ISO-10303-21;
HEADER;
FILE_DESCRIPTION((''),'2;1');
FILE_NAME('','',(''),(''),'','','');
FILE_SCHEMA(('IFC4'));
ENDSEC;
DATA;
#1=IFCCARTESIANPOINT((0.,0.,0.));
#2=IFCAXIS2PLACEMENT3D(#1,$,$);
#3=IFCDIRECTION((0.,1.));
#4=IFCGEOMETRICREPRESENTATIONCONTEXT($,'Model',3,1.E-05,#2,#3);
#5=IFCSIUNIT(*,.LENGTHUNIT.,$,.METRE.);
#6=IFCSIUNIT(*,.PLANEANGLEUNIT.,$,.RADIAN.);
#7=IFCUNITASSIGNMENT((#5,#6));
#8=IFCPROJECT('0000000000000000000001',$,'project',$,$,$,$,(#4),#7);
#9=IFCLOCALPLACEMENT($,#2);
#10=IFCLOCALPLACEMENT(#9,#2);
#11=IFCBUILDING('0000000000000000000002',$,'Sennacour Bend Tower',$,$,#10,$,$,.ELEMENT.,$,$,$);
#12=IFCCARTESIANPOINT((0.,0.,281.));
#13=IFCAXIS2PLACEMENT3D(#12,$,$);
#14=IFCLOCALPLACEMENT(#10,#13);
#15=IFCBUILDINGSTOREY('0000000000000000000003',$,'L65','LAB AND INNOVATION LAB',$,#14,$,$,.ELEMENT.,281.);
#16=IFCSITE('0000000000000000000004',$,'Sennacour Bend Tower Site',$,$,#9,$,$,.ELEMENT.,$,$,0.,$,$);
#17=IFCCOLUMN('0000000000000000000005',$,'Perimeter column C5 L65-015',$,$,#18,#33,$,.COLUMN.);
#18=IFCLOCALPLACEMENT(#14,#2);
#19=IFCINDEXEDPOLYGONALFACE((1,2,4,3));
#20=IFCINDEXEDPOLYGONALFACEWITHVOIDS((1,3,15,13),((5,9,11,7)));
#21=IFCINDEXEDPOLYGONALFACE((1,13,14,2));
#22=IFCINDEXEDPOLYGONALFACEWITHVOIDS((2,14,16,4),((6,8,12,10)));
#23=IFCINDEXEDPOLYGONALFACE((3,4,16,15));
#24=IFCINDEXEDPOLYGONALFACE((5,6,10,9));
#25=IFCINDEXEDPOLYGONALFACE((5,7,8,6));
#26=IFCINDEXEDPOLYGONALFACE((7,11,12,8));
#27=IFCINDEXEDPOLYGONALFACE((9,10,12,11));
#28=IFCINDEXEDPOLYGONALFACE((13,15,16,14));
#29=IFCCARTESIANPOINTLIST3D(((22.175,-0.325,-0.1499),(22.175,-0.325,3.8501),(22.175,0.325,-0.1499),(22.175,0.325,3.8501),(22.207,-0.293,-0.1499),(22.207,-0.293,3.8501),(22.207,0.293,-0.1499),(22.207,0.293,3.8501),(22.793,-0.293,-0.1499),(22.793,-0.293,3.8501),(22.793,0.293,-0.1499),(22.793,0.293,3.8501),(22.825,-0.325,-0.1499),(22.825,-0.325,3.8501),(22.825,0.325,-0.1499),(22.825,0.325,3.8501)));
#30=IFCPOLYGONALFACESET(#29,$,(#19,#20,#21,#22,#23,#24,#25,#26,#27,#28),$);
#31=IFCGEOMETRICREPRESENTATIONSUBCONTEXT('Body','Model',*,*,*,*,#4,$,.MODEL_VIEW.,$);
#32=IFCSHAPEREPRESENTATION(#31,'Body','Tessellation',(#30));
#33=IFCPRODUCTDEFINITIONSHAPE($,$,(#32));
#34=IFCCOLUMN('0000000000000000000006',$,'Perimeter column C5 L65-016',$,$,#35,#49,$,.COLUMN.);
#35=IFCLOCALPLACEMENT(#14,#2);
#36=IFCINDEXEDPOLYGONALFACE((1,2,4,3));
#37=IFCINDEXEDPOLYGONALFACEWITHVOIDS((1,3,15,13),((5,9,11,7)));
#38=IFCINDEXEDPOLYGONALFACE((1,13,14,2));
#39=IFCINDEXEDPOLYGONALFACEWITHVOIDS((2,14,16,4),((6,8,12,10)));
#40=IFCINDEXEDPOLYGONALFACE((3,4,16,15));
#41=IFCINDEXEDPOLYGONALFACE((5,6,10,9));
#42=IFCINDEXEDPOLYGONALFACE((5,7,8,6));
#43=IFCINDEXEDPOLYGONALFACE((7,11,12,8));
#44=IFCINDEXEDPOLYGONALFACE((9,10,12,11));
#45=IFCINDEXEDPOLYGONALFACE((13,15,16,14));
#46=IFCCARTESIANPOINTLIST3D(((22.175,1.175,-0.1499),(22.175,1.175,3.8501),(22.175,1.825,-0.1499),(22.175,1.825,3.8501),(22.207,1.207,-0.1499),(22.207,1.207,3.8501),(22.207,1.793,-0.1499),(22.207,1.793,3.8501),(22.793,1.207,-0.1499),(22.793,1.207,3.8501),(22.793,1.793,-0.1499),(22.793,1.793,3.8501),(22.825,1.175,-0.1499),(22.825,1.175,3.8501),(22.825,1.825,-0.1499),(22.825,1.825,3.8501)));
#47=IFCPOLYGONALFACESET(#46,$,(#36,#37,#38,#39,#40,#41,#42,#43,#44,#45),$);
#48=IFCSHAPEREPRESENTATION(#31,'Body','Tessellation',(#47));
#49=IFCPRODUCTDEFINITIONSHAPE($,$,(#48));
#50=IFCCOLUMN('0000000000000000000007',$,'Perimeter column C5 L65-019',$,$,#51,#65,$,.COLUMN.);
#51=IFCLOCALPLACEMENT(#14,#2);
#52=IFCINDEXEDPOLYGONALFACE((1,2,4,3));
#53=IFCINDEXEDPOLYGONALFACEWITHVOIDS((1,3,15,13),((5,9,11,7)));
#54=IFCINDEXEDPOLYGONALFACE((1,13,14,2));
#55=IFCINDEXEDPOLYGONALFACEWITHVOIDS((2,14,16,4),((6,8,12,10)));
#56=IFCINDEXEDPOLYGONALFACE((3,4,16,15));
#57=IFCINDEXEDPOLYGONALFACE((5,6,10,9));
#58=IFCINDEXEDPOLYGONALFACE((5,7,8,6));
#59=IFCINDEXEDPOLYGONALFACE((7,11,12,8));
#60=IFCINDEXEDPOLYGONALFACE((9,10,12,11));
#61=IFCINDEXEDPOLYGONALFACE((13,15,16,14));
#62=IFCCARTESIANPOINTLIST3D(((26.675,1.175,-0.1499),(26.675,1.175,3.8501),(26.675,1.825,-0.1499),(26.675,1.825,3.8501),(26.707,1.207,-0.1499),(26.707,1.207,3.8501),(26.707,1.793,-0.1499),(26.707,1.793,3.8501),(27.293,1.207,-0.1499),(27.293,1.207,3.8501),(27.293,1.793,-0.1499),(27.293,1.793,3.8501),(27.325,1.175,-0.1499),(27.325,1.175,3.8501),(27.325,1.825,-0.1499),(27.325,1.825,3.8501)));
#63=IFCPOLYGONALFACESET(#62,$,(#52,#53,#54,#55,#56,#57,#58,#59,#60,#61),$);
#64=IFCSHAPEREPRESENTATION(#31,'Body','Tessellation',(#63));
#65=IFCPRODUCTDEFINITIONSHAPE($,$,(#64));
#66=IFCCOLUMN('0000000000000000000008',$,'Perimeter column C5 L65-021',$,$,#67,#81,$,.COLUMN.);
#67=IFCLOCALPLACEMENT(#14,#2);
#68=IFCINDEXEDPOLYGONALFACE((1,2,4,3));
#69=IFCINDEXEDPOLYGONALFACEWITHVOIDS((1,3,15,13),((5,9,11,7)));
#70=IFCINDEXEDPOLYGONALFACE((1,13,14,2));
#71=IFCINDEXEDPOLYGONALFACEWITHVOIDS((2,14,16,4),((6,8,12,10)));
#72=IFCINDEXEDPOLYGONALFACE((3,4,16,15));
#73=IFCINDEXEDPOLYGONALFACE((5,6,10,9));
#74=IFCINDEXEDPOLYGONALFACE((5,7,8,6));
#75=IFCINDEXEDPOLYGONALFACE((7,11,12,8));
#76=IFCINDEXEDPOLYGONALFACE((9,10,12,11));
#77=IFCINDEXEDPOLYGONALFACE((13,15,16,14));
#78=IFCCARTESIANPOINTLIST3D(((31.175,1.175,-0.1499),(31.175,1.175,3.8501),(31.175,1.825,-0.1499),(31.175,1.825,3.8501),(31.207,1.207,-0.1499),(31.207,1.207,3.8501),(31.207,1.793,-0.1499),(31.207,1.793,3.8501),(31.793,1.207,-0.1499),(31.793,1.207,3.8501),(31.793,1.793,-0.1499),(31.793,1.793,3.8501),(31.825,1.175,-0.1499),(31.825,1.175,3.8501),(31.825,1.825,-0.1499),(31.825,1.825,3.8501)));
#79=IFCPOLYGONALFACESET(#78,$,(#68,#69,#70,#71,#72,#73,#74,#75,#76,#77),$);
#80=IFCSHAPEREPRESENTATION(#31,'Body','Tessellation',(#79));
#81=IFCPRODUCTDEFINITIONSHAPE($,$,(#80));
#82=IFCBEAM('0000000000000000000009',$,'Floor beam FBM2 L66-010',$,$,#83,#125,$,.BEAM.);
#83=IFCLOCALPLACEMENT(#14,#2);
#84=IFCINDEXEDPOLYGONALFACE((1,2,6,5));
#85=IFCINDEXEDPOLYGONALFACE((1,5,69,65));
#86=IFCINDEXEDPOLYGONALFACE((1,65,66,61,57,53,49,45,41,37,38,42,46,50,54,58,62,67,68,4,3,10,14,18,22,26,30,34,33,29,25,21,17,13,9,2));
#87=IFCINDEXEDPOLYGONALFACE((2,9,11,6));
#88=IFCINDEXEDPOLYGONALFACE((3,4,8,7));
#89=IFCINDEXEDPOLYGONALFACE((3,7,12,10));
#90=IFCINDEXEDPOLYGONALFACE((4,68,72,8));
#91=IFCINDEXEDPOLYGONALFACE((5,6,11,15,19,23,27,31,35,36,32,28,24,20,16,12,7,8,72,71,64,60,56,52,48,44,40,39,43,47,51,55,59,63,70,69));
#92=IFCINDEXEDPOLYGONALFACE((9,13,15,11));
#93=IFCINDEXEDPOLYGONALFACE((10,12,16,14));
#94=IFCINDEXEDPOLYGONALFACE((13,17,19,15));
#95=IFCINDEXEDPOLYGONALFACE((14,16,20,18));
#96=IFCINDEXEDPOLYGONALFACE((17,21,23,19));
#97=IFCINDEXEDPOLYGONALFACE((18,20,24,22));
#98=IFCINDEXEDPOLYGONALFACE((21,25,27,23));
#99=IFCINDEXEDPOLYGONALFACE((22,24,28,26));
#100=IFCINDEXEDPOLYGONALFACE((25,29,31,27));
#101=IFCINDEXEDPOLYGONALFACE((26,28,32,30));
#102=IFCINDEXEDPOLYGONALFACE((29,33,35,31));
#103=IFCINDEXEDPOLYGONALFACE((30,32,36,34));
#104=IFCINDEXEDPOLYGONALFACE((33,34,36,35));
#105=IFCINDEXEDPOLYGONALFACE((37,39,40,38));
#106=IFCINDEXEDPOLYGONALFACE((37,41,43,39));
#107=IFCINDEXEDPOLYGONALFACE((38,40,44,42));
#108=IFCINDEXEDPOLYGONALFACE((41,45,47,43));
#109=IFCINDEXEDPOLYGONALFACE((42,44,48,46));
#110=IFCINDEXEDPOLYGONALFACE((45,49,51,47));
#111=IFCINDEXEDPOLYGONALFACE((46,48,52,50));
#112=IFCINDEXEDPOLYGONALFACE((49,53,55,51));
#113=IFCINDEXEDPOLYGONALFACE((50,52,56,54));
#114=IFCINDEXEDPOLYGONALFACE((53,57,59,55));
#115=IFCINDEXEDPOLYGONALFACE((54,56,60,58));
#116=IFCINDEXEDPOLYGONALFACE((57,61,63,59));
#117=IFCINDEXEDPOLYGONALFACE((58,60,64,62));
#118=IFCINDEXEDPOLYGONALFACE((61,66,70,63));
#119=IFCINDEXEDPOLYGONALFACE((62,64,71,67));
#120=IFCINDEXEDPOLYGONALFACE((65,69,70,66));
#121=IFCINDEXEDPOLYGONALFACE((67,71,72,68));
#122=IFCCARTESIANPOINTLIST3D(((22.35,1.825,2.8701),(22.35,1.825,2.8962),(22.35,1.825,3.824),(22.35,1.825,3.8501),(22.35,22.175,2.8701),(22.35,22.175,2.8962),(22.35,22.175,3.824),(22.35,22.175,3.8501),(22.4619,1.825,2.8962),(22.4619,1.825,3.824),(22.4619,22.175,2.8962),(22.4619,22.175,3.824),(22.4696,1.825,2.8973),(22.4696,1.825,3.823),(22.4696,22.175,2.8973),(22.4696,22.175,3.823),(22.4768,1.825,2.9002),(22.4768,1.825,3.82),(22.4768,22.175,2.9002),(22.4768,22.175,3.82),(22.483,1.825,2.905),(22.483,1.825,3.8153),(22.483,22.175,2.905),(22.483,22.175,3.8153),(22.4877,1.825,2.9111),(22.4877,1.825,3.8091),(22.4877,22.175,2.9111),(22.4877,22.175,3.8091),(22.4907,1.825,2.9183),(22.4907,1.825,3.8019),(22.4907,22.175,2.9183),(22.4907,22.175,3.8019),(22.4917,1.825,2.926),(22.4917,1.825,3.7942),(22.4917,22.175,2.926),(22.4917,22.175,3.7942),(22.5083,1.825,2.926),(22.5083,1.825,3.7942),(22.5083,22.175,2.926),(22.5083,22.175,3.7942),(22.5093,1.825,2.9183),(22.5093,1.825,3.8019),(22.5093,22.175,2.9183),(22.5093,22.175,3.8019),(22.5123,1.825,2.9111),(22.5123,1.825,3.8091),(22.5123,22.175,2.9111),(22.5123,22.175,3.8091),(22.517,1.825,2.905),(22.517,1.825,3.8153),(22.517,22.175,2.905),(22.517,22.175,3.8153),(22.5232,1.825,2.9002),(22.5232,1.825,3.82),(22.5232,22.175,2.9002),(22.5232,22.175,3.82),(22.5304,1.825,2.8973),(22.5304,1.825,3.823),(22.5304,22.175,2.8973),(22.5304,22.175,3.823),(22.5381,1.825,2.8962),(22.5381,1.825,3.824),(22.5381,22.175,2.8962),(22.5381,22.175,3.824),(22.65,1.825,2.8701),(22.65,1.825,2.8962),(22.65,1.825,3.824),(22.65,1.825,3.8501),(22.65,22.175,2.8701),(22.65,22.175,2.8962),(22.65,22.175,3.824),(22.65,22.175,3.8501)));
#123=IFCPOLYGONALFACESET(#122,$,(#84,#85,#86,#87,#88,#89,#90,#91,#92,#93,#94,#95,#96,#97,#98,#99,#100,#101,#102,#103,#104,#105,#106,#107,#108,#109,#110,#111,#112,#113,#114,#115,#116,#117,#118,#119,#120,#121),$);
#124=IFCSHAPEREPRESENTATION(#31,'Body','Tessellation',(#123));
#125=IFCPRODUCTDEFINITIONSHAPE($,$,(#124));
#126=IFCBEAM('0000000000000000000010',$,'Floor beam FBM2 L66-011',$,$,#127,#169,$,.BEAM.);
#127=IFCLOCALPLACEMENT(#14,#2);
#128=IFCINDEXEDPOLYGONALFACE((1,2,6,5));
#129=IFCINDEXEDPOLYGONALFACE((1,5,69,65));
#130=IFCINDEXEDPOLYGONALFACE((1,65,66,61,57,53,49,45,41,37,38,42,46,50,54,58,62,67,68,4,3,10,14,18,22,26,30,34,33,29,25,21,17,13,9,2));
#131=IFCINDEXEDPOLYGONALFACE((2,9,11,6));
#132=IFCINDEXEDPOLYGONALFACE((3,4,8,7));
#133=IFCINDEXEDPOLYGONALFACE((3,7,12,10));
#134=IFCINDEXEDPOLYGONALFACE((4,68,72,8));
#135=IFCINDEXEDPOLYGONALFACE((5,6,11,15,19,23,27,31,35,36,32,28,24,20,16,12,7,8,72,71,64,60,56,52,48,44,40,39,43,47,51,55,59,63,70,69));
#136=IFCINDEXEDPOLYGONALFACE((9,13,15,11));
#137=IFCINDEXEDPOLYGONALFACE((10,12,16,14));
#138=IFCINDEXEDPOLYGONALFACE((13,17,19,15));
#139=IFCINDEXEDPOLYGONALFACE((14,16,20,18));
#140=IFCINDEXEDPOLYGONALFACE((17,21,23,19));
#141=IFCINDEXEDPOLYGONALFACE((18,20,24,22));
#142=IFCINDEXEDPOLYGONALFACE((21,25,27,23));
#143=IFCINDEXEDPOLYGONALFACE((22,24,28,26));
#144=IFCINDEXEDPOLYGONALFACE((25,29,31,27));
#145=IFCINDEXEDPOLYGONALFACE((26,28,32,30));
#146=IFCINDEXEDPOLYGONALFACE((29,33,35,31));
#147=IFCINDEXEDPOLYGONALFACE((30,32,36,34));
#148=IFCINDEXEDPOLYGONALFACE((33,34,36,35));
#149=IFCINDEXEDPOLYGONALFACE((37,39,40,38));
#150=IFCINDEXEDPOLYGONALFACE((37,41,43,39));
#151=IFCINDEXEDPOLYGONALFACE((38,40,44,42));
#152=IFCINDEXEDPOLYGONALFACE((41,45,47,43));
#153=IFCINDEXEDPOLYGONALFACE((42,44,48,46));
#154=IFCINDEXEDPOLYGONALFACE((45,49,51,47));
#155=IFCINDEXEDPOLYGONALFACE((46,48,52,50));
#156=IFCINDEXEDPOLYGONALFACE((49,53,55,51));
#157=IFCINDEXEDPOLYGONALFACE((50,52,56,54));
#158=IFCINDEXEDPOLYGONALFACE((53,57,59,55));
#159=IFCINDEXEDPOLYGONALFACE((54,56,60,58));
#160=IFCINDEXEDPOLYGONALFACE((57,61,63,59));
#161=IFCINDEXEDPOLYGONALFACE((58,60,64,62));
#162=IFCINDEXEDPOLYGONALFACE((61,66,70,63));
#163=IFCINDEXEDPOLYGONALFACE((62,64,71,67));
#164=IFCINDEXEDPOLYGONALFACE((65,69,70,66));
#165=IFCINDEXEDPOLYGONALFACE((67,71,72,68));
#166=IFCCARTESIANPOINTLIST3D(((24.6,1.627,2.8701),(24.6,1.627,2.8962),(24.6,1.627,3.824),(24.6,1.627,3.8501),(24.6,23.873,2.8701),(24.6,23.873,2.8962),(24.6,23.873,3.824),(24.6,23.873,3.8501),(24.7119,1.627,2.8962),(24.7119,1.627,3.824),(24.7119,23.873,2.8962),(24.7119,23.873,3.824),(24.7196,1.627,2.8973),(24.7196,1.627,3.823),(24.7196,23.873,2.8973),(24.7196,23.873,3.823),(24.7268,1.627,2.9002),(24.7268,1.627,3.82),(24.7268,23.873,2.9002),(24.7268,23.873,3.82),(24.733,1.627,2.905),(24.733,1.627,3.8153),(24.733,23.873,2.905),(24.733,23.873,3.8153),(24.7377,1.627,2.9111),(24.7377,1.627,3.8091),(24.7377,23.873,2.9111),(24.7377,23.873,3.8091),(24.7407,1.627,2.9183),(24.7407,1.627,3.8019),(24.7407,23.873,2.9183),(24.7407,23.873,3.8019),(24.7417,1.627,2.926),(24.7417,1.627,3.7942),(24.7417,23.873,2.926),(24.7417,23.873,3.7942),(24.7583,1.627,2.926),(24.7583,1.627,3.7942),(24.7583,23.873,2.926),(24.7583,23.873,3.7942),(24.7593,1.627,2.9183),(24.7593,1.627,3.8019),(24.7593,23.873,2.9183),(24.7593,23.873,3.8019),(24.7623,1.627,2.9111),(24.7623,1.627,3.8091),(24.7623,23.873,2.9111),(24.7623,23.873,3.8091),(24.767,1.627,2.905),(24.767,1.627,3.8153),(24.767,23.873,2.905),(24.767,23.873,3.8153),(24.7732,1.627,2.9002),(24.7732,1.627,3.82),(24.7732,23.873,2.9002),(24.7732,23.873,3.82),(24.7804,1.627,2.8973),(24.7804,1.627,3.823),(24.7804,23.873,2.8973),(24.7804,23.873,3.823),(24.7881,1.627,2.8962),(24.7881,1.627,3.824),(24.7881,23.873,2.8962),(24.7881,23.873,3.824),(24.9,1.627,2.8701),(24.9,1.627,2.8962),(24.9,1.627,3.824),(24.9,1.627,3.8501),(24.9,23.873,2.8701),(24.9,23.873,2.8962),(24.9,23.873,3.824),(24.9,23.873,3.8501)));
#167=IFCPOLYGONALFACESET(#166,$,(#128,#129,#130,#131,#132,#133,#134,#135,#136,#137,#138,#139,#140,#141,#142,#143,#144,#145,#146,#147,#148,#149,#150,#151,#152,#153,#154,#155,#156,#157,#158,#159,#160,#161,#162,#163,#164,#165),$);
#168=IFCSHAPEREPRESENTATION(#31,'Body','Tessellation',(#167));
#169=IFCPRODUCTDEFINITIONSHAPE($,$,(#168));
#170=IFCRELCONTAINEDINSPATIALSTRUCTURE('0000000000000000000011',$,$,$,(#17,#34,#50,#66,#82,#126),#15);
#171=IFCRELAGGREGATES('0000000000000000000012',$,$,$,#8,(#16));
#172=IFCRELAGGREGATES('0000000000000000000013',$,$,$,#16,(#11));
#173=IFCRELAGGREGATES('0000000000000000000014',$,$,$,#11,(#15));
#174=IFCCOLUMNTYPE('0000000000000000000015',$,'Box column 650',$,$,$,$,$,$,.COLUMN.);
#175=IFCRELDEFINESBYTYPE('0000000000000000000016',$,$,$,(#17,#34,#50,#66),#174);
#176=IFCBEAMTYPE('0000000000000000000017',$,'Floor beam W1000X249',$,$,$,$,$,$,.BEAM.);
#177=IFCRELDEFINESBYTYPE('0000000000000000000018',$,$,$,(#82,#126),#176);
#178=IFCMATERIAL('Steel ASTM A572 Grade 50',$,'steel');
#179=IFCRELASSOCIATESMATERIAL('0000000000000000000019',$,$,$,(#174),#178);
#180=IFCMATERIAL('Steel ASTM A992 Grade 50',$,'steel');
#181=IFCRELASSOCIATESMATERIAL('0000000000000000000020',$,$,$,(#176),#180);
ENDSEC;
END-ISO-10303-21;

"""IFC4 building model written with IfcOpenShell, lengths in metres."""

from ifc_helpers import new_model, si_unit, direction, frame, origin, origin_2d, place, context, subcontext, project, spatial, hollow_rectangle, i_section, extrude, material, material_profile, profile_set, type_object, element, save


model = new_model("IFC4")

# Units and contexts
model_context = context("Model", 3, precision=1e-05, world=origin(), true_north=direction((0.0, 1.0)))
body_context = subcontext(model_context, "Body", "Model", "MODEL_VIEW")
ifc_project = project(units=[si_unit("LENGTHUNIT", "METRE"), si_unit("PLANEANGLEUNIT", "RADIAN")], contexts=[model_context])

# Site, building, storey
site_placement = place(None, origin())
site = spatial("IfcSite", under=ifc_project, at=site_placement, Name="Sennacour Bend Tower Site", CompositionType="ELEMENT", RefElevation=0.0)
building_placement = place(site_placement, origin())
building = spatial("IfcBuilding", under=site, at=building_placement, Name="Sennacour Bend Tower", CompositionType="ELEMENT")
storey_placement = place(building_placement, frame((0.0, 0.0, 281.0)))
storey = spatial("IfcBuildingStorey", under=building, at=storey_placement, Name="L65", Description="LAB AND INNOVATION LAB", CompositionType="ELEMENT", Elevation=281.0)

# Columns
ifc_material_1 = material(Name="Steel ASTM A572 Grade 50", Category="steel")
ifc_material_profile_1 = material_profile(ifc_material_1, hollow_rectangle(XDim=0.6499, YDim=0.6499, WallThickness=0.032, at=origin_2d()), Name="Steel ASTM A572 Grade 50", Category="steel")
ifc_profile_set_1 = profile_set([ifc_material_profile_1], Name="Steel ASTM A572 Grade 50")
column_type = type_object("IfcColumnType", Name="Box column 650", PredefinedType="COLUMN", material=ifc_profile_set_1)
for number, where, z_axis, x_axis, name in (
    (1, (22.5, 0.0, -0.1499), (0.0, 0.0, 1.0), (1.0, 0.0, 0.0), "Perimeter column C5 L65-015"),
    (2, (22.5, 1.5, -0.1499), (0.0, 0.0, 1.0), (1.0, 0.0, 0.0), "Perimeter column C5 L65-016"),
    (3, (27.0, 1.5, -0.1499), (0.0, 0.0, 1.0), (1.0, 0.0, 0.0), "Perimeter column C5 L65-019"),
    (4, (31.5, 1.5, -0.1499), (0.0, 0.0, 1.0), (1.0, 0.0, 0.0), "Perimeter column C5 L65-021"),
):
    element("IfcColumn", number, at=place(storey_placement, frame(where, z_axis=z_axis, x_axis=x_axis)), inside=storey, type_object=column_type, Name=name, PredefinedType="COLUMN", context=body_context, shape_type="SweptSolid", body=[
        extrude(hollow_rectangle(XDim=0.6499, YDim=0.6499, WallThickness=0.032, at=origin_2d()), origin(), (0.0, 0.0, 1.0), 4.0),
    ])

# Beams
ifc_material_2 = material(Name="Steel ASTM A992 Grade 50", Category="steel")
ifc_material_profile_2 = material_profile(ifc_material_2, i_section(OverallWidth=0.3, OverallDepth=0.98, WebThickness=0.0166, FlangeThickness=0.0261, FilletRadius=0.0298, at=origin_2d()), Name="Steel ASTM A992 Grade 50", Category="steel")
ifc_profile_set_2 = profile_set([ifc_material_profile_2], Name="Steel ASTM A992 Grade 50")
beam_type_1 = type_object("IfcBeamType", Name="Floor beam W1000X249", PredefinedType="BEAM", material=ifc_profile_set_2)
beam_1_placement = place(storey_placement, frame((22.5, 1.825, 3.3601), z_axis=(0.0, 1.0, 0.0), x_axis=(-1.0, 0.0, 0.0)))
element("IfcBeam", 5, at=beam_1_placement, inside=storey, type_object=beam_type_1, Name="Floor beam FBM2 L66-010", PredefinedType="BEAM", context=body_context, shape_type="SweptSolid", body=[
    extrude(i_section(OverallWidth=0.3, OverallDepth=0.98, WebThickness=0.0166, FlangeThickness=0.0261, FilletRadius=0.0298, at=origin_2d()), origin(), (0.0, 0.0, 1.0), 20.3501),
])
beam_2_placement = place(storey_placement, frame((24.75, 1.627, 3.3601), z_axis=(0.0, 1.0, 0.0), x_axis=(-1.0, 0.0, 0.0)))
element("IfcBeam", 6, at=beam_2_placement, inside=storey, type_object=beam_type_1, Name="Floor beam FBM2 L66-011", PredefinedType="BEAM", context=body_context, shape_type="SweptSolid", body=[
    extrude(i_section(OverallWidth=0.3, OverallDepth=0.98, WebThickness=0.0166, FlangeThickness=0.0261, FilletRadius=0.0298, at=origin_2d()), origin(), (0.0, 0.0, 1.0), 22.2461),
])

save(model, "model.ifc")
